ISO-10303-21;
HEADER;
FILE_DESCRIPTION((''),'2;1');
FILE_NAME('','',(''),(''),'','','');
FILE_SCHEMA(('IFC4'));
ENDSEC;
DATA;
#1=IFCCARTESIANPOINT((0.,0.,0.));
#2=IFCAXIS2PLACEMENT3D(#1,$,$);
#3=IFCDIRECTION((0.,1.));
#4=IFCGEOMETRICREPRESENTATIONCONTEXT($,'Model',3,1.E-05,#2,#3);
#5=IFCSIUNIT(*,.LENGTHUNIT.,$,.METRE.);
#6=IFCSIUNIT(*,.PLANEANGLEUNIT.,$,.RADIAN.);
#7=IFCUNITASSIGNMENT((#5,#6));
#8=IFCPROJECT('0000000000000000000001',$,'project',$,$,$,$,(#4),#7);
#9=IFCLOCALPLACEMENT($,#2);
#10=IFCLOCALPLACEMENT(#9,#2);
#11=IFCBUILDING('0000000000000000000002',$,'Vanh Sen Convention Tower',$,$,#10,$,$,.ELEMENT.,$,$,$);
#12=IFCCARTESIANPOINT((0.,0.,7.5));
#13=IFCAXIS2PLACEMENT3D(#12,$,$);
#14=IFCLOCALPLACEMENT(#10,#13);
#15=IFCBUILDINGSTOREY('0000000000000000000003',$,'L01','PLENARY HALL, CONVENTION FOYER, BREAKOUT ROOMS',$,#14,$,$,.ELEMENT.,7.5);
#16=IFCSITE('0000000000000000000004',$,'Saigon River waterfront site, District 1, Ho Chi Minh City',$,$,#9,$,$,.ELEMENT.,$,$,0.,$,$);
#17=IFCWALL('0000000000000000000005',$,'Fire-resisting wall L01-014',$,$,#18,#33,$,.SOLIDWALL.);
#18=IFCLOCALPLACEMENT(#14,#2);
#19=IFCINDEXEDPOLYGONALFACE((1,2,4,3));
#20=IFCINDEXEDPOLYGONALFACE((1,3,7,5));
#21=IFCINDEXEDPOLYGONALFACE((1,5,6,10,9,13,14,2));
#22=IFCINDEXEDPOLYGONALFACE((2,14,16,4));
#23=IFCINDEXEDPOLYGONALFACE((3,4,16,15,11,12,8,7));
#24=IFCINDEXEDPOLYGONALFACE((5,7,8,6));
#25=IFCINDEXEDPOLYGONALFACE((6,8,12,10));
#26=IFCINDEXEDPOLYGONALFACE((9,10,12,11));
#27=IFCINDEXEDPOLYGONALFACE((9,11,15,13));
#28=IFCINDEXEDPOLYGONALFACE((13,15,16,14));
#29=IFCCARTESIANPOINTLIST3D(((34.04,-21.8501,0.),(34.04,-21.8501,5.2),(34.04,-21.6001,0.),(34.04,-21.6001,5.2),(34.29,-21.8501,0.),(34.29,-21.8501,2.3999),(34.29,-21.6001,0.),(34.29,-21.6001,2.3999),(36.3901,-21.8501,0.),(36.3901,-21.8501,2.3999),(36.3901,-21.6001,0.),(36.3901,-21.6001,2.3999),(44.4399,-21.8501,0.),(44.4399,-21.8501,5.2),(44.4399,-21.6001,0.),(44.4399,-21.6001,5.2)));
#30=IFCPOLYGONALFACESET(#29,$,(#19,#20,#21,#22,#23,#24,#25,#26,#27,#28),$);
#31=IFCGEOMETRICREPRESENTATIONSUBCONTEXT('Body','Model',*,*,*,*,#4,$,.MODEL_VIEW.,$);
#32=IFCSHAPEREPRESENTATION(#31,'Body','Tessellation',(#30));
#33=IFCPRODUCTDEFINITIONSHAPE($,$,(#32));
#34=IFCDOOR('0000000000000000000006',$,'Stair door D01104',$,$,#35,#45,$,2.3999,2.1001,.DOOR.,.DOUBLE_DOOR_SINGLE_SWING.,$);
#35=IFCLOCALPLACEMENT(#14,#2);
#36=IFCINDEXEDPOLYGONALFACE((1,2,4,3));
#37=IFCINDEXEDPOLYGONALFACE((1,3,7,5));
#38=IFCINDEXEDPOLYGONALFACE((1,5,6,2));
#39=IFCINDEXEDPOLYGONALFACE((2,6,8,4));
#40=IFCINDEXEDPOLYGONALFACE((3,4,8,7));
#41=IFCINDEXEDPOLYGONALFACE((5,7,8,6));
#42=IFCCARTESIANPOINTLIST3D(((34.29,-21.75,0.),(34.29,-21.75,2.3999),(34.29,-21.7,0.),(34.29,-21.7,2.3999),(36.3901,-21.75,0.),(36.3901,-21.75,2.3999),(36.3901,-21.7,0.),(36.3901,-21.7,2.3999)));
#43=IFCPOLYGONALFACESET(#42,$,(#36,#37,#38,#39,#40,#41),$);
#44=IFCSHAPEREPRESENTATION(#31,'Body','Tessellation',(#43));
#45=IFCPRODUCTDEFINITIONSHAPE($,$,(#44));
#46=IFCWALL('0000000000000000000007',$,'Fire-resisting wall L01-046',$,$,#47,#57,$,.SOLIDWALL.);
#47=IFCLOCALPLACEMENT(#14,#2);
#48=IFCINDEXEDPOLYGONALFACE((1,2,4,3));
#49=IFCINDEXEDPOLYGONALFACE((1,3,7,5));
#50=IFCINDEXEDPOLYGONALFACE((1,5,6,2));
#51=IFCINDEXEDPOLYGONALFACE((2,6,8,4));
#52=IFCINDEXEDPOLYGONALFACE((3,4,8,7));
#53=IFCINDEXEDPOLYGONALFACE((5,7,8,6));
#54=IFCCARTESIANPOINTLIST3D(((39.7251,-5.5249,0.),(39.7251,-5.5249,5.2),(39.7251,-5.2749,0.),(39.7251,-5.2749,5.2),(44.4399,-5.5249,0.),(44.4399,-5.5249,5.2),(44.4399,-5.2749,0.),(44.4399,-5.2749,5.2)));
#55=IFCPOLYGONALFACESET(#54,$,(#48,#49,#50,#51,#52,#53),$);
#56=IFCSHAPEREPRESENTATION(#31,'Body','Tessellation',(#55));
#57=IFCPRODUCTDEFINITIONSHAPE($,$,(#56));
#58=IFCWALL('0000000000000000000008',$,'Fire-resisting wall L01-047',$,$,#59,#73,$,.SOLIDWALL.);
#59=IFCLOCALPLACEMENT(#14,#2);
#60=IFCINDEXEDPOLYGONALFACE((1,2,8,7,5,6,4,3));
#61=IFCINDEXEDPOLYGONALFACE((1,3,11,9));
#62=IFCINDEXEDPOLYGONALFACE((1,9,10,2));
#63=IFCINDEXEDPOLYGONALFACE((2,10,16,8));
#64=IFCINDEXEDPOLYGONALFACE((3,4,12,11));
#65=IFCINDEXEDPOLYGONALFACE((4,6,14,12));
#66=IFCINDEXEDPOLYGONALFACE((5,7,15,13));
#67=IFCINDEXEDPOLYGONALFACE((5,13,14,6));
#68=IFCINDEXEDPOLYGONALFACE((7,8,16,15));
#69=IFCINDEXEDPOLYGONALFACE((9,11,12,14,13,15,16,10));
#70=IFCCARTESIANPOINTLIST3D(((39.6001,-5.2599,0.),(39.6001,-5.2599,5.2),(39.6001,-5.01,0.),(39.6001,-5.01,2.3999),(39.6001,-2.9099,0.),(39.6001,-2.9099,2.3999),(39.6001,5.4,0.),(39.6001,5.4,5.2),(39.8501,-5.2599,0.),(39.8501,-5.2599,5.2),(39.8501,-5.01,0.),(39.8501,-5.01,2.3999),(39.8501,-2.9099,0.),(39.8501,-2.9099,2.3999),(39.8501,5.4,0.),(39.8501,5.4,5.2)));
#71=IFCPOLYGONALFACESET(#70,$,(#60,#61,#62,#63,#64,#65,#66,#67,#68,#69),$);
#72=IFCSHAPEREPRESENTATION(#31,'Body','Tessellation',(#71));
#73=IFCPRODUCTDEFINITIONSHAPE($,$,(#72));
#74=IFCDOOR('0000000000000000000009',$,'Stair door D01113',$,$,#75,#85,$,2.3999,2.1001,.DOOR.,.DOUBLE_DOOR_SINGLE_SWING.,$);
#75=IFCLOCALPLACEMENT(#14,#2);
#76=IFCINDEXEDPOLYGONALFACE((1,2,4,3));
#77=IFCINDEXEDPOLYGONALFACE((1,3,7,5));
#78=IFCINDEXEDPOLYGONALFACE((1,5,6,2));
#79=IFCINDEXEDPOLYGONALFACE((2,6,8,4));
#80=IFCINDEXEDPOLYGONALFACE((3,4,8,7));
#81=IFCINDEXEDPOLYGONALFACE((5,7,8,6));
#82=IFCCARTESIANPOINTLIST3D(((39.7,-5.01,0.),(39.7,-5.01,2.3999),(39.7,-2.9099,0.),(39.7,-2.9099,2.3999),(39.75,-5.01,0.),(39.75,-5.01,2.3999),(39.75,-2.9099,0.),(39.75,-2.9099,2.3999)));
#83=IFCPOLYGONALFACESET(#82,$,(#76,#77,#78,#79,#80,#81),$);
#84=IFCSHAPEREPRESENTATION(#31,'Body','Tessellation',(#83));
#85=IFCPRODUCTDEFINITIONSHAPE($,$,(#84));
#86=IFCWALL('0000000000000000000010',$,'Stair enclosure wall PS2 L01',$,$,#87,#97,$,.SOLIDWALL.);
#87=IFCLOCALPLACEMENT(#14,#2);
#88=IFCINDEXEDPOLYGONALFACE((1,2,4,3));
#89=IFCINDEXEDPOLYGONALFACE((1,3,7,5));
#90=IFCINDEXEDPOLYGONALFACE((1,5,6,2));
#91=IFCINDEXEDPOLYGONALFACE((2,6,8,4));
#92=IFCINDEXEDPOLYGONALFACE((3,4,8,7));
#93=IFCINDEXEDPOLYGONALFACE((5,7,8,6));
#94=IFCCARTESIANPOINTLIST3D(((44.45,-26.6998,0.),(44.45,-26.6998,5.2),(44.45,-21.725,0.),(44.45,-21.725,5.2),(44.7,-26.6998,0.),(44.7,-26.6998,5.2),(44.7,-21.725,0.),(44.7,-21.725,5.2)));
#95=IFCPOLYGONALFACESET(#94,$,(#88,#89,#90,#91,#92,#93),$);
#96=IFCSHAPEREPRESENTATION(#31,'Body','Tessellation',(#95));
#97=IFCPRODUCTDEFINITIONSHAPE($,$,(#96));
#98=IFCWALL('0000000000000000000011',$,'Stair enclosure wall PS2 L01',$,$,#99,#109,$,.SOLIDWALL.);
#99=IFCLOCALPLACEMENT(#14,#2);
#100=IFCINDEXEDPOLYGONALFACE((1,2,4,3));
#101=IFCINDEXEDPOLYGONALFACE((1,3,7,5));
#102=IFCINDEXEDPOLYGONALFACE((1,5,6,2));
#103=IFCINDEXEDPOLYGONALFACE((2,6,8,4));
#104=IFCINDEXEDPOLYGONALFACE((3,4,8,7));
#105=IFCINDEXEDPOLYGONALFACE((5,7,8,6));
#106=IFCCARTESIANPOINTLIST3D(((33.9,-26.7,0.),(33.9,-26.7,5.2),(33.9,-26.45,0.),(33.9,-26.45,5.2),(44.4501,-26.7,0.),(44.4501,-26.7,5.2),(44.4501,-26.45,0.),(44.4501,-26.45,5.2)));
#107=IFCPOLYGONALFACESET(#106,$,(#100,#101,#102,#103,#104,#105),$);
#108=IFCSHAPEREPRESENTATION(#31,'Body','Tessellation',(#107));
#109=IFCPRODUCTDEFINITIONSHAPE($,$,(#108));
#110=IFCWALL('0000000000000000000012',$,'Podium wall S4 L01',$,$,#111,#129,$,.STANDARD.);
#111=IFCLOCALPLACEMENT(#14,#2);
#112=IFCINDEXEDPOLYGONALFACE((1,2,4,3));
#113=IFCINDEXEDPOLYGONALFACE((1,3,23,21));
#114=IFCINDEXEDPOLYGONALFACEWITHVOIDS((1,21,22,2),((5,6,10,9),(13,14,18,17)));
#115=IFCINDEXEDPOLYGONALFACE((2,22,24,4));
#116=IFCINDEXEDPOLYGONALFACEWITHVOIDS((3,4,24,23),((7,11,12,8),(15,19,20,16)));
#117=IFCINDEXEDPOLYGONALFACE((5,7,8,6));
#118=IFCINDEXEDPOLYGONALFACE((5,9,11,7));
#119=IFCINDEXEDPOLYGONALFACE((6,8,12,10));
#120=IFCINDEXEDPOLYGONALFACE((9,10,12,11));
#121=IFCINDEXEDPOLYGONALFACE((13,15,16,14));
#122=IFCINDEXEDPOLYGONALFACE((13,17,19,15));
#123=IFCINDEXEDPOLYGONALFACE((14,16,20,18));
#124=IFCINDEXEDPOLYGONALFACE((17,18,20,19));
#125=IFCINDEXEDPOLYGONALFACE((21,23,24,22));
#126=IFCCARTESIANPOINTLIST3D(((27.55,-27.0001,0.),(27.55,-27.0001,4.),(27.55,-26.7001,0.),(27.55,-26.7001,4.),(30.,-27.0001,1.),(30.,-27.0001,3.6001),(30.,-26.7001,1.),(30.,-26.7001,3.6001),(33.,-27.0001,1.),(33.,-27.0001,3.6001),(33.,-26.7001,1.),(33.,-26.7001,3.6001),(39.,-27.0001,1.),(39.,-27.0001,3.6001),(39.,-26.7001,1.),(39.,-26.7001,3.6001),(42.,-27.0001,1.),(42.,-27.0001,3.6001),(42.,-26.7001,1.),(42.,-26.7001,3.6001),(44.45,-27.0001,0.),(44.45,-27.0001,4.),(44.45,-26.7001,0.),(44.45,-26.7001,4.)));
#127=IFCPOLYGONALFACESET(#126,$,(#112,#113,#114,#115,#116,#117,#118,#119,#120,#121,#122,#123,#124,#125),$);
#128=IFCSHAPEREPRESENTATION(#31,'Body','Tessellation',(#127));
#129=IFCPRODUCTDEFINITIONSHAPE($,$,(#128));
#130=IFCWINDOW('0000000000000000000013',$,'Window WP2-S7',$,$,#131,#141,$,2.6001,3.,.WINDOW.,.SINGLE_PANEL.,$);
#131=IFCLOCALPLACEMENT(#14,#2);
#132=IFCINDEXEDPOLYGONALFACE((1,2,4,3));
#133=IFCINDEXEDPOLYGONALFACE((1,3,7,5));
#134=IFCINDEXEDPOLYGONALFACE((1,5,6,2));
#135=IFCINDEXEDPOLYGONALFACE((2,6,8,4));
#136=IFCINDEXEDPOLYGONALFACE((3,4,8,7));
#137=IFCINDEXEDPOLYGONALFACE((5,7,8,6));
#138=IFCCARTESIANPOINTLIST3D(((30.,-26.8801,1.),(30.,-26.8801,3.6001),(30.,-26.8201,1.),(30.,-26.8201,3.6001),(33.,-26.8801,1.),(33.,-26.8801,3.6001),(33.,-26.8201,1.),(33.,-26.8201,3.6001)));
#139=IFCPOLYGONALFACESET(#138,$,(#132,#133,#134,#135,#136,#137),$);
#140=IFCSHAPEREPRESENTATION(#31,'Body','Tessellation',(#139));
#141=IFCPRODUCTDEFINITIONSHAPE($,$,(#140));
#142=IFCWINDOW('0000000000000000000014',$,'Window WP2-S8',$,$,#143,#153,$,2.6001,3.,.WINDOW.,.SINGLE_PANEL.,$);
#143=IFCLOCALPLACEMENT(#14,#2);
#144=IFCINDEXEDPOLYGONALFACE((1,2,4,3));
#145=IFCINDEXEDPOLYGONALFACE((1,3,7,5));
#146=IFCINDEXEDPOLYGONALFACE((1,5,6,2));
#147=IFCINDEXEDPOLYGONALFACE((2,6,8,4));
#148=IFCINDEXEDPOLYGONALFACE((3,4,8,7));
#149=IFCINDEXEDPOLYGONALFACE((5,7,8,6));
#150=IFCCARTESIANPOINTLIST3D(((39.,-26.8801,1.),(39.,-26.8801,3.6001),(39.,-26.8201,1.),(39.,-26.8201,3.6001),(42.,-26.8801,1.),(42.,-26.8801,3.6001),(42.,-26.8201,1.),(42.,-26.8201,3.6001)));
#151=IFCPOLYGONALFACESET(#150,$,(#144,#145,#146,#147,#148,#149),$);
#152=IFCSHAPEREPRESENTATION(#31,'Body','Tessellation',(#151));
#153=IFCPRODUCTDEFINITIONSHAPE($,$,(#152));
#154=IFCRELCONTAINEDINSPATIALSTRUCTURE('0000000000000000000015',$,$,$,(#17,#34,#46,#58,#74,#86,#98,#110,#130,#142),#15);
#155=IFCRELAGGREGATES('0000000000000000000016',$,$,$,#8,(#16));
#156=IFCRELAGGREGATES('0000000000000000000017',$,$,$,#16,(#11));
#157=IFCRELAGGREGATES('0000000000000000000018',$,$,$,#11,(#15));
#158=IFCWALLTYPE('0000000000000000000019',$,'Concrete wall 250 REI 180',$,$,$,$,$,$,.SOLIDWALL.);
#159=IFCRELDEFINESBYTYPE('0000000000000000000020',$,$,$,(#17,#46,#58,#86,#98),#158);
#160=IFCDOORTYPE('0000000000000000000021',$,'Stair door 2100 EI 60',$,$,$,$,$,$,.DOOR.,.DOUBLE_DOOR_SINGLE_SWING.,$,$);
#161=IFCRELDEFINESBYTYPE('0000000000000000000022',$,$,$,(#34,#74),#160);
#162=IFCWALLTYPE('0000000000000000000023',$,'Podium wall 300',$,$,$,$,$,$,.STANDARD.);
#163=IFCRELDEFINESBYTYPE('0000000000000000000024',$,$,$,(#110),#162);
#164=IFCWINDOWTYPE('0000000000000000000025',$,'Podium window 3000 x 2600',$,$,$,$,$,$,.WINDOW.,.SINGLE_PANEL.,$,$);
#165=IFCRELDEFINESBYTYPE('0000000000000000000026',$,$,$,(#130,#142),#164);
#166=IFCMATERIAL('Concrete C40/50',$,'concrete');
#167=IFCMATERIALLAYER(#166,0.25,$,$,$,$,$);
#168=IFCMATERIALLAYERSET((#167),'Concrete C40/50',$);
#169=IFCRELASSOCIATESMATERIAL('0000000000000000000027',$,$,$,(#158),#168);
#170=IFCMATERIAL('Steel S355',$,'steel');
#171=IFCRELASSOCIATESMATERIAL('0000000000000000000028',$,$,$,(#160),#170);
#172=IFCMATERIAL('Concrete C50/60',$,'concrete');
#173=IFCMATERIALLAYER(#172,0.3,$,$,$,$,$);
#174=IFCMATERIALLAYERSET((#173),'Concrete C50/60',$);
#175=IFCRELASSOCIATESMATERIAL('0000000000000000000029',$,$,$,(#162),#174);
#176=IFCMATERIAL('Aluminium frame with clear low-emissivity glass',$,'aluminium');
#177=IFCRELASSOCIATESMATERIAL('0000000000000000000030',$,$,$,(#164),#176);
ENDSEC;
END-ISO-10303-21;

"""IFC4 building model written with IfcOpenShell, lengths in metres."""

from ifc_helpers import new_model, si_unit, direction, frame, frame_2d, origin, place, context, subcontext, project, spatial, rectangle, extrude, material, layer, layer_set, type_object, element, fill, save


model = new_model("IFC4")

# Units and contexts
model_context = context("Model", 3, precision=1e-05, world=origin(), true_north=direction((0.0, 1.0)))
body_context = subcontext(model_context, "Body", "Model", "MODEL_VIEW")
ifc_project = project(units=[si_unit("LENGTHUNIT", "METRE"), si_unit("PLANEANGLEUNIT", "RADIAN")], contexts=[model_context])

# Site, building, storey
site_placement = place(None, origin())
site = spatial("IfcSite", under=ifc_project, at=site_placement, Name="Saigon River waterfront site, District 1, Ho Chi Minh City", CompositionType="ELEMENT", RefElevation=0.0)
building_placement = place(site_placement, origin())
building = spatial("IfcBuilding", under=site, at=building_placement, Name="Vanh Sen Convention Tower", CompositionType="ELEMENT")
storey_placement = place(building_placement, frame((0.0, 0.0, 7.5)))
storey = spatial("IfcBuildingStorey", under=building, at=storey_placement, Name="L01", Description="PLENARY HALL, CONVENTION FOYER, BREAKOUT ROOMS", CompositionType="ELEMENT", Elevation=7.5)

# Shared definitions
ifc_material_1 = material(Name="Concrete C40/50", Category="concrete")

# Shared definitions
ifc_layer_1 = layer(ifc_material_1, 0.25)
ifc_layer_set_1 = layer_set([ifc_layer_1], Name="Concrete C40/50")
wall_type_1 = type_object("IfcWallType", Name="Concrete wall 250 REI 180", PredefinedType="SOLIDWALL", material=ifc_layer_set_1)

# Wall, opening, door
wall_1_placement = place(storey_placement, frame((34.04, -21.7251, 0.0), z_axis=(0.0, 0.0, 1.0), x_axis=(1.0, 0.0, 0.0)))
wall_1 = element("IfcWall", 1, at=wall_1_placement, inside=storey, type_object=wall_type_1, Name="Fire-resisting wall L01-014", PredefinedType="SOLIDWALL", context=body_context, shape_type="SweptSolid", body=[
    extrude(rectangle(XDim=10.3999, YDim=0.25, at=frame_2d((5.2, 0.0))), origin(), (0.0, 0.0, 1.0), 5.2),
])
opening_1_placement = place(wall_1_placement, frame((0.25, 0.0, 0.0)))
opening_1 = element("IfcOpeningElement", 2, at=opening_1_placement, cuts=wall_1, PredefinedType="OPENING", context=body_context, shape_type="SweptSolid", body=[
    extrude(rectangle(XDim=2.1001, YDim=2.3999, at=frame_2d((1.05, 1.2))), frame((0.0, 0.135, 0.0), z_axis=(0.0, -1.0, 0.0), x_axis=(1.0, 0.0, 0.0)), (0.0, 0.0, 1.0), 0.27),
])
ifc_material_2 = material(Name="Steel S355", Category="steel")
door_type_1 = type_object("IfcDoorType", Name="Stair door 2100 EI 60", OperationType="DOUBLE_DOOR_SINGLE_SWING", PredefinedType="DOOR", material=ifc_material_2)
door_1_placement = place(opening_1_placement, frame((2.1001, 0.0, 0.0), z_axis=(0.0, 0.0, 1.0), x_axis=(-1.0, 0.0, 0.0)))
door_1 = element("IfcDoor", 3, at=door_1_placement, inside=storey, type_object=door_type_1, Name="Stair door D01104", OperationType="DOUBLE_DOOR_SINGLE_SWING", OverallHeight=2.3999, OverallWidth=2.1001, PredefinedType="DOOR", context=body_context, shape_type="SweptSolid", body=[
    extrude(rectangle(XDim=2.1001, YDim=2.3999, at=frame_2d((1.05, 1.2))), frame((0.0, 0.0249, 0.0), z_axis=(0.0, -1.0, 0.0), x_axis=(1.0, 0.0, 0.0)), (0.0, 0.0, 1.0), 0.05),
])
fill(opening_1, door_1)

# Wall
wall_2_placement = place(storey_placement, frame((44.4399, -5.3999, 0.0), z_axis=(0.0, 0.0, 1.0), x_axis=(-1.0, 0.0, 0.0)))
element("IfcWall", 4, at=wall_2_placement, inside=storey, type_object=wall_type_1, Name="Fire-resisting wall L01-046", PredefinedType="SOLIDWALL", context=body_context, shape_type="SweptSolid", body=[
    extrude(rectangle(XDim=4.7148, YDim=0.25, at=frame_2d((2.3574, 0.0))), origin(), (0.0, 0.0, 1.0), 5.2),
])

# Wall, opening, door
wall_3_placement = place(storey_placement, frame((39.7251, -5.26, 0.0), z_axis=(0.0, 0.0, 1.0), x_axis=(0.0, 1.0, 0.0)))
wall_3 = element("IfcWall", 5, at=wall_3_placement, inside=storey, type_object=wall_type_1, Name="Fire-resisting wall L01-047", PredefinedType="SOLIDWALL", context=body_context, shape_type="SweptSolid", body=[
    extrude(rectangle(XDim=10.6599, YDim=0.25, at=frame_2d((5.3301, 0.0))), origin(), (0.0, 0.0, 1.0), 5.2),
])
opening_2_placement = place(wall_3_placement, frame((0.25, 0.0, 0.0)))
opening_2 = element("IfcOpeningElement", 6, at=opening_2_placement, cuts=wall_3, PredefinedType="OPENING", context=body_context, shape_type="SweptSolid", body=[
    extrude(rectangle(XDim=2.1001, YDim=2.3999, at=frame_2d((1.05, 1.2))), frame((0.0, 0.135, 0.0), z_axis=(0.0, -1.0, 0.0), x_axis=(1.0, 0.0, 0.0)), (0.0, 0.0, 1.0), 0.27),
])
door_2_placement = place(opening_2_placement, frame((2.1001, 0.0, 0.0), z_axis=(0.0, 0.0, 1.0), x_axis=(-1.0, 0.0, 0.0)))
door_2 = element("IfcDoor", 7, at=door_2_placement, inside=storey, type_object=door_type_1, Name="Stair door D01113", OperationType="DOUBLE_DOOR_SINGLE_SWING", OverallHeight=2.3999, OverallWidth=2.1001, PredefinedType="DOOR", context=body_context, shape_type="SweptSolid", body=[
    extrude(rectangle(XDim=2.1001, YDim=2.3999, at=frame_2d((1.05, 1.2))), frame((0.0, 0.0249, 0.0), z_axis=(0.0, -1.0, 0.0), x_axis=(1.0, 0.0, 0.0)), (0.0, 0.0, 1.0), 0.05),
])
fill(opening_2, door_2)

# Walls
wall_4_placement = place(storey_placement, frame((44.575, -21.7251, 0.0), z_axis=(0.0, 0.0, 1.0), x_axis=(0.0, -1.0, 0.0)))
element("IfcWall", 8, at=wall_4_placement, inside=storey, type_object=wall_type_1, Name="Stair enclosure wall PS2 L01", PredefinedType="SOLIDWALL", context=body_context, shape_type="SweptSolid", body=[
    extrude(rectangle(XDim=4.9749, YDim=0.25, at=frame_2d((2.4873, 0.0))), origin(), (0.0, 0.0, 1.0), 5.2),
])
wall_5_placement = place(storey_placement, frame((44.45, -26.575, 0.0), z_axis=(0.0, 0.0, 1.0), x_axis=(-1.0, 0.0, 0.0)))
element("IfcWall", 9, at=wall_5_placement, inside=storey, type_object=wall_type_1, Name="Stair enclosure wall PS2 L01", PredefinedType="SOLIDWALL", context=body_context, shape_type="SweptSolid", body=[
    extrude(rectangle(XDim=10.55, YDim=0.25, at=frame_2d((5.2749, 0.0))), origin(), (0.0, 0.0, 1.0), 5.2),
])

# Wall, openings, windows
ifc_material_3 = material(Name="Concrete C50/60", Category="concrete")
ifc_layer_2 = layer(ifc_material_3, 0.3)
ifc_layer_set_2 = layer_set([ifc_layer_2], Name="Concrete C50/60")
wall_type_2 = type_object("IfcWallType", Name="Podium wall 300", PredefinedType="STANDARD", material=ifc_layer_set_2)
wall_6_placement = place(storey_placement, frame((27.55, -26.8501, 0.0), z_axis=(0.0, 0.0, 1.0), x_axis=(1.0, 0.0, 0.0)))
wall_6 = element("IfcWall", 10, at=wall_6_placement, inside=storey, type_object=wall_type_2, Name="Podium wall S4 L01", PredefinedType="STANDARD", context=body_context, shape_type="SweptSolid", body=[
    extrude(rectangle(XDim=16.8999, YDim=0.3, at=frame_2d((8.45, 0.0))), origin(), (0.0, 0.0, 1.0), 4.0),
])
opening_3_placement = place(wall_6_placement, frame((2.45, 0.0, 1.0)))
opening_3 = element("IfcOpeningElement", 11, at=opening_3_placement, cuts=wall_6, PredefinedType="OPENING", context=body_context, shape_type="SweptSolid", body=[
    extrude(rectangle(XDim=3.0, YDim=2.6001, at=frame_2d((1.5, 1.3))), frame((0.0, 0.1599, 0.0), z_axis=(0.0, -1.0, 0.0), x_axis=(1.0, 0.0, 0.0)), (0.0, 0.0, 1.0), 0.3201),
])
opening_4_placement = place(wall_6_placement, frame((11.45, 0.0, 1.0)))
opening_4 = element("IfcOpeningElement", 12, at=opening_4_placement, cuts=wall_6, PredefinedType="OPENING", context=body_context, shape_type="SweptSolid", body=[
    extrude(rectangle(XDim=3.0, YDim=2.6001, at=frame_2d((1.5, 1.3))), frame((0.0, 0.1599, 0.0), z_axis=(0.0, -1.0, 0.0), x_axis=(1.0, 0.0, 0.0)), (0.0, 0.0, 1.0), 0.3201),
])
ifc_material_4 = material(Name="Aluminium frame with clear low-emissivity glass", Category="aluminium")
window_type = type_object("IfcWindowType", Name="Podium window 3000 x 2600", PartitioningType="SINGLE_PANEL", PredefinedType="WINDOW", material=ifc_material_4)
window_1_placement = place(opening_3_placement, origin())
window_1 = element("IfcWindow", 13, at=window_1_placement, inside=storey, type_object=window_type, Name="Window WP2-S7", OverallHeight=2.6001, OverallWidth=3.0, PartitioningType="SINGLE_PANEL", PredefinedType="WINDOW", context=body_context, shape_type="SweptSolid", body=[
    extrude(rectangle(XDim=3.0, YDim=2.6001, at=frame_2d((1.5, 1.3))), frame((0.0, 0.03, 0.0), z_axis=(0.0, -1.0, 0.0), x_axis=(1.0, 0.0, 0.0)), (0.0, 0.0, 1.0), 0.0601),
])
fill(opening_3, window_1)
window_2_placement = place(opening_4_placement, origin())
window_2 = element("IfcWindow", 14, at=window_2_placement, inside=storey, type_object=window_type, Name="Window WP2-S8", OverallHeight=2.6001, OverallWidth=3.0, PartitioningType="SINGLE_PANEL", PredefinedType="WINDOW", context=body_context, shape_type="SweptSolid", body=[
    extrude(rectangle(XDim=3.0, YDim=2.6001, at=frame_2d((1.5, 1.3))), frame((0.0, 0.03, 0.0), z_axis=(0.0, -1.0, 0.0), x_axis=(1.0, 0.0, 0.0)), (0.0, 0.0, 1.0), 0.0601),
])
fill(opening_4, window_2)

save(model, "model.ifc")
